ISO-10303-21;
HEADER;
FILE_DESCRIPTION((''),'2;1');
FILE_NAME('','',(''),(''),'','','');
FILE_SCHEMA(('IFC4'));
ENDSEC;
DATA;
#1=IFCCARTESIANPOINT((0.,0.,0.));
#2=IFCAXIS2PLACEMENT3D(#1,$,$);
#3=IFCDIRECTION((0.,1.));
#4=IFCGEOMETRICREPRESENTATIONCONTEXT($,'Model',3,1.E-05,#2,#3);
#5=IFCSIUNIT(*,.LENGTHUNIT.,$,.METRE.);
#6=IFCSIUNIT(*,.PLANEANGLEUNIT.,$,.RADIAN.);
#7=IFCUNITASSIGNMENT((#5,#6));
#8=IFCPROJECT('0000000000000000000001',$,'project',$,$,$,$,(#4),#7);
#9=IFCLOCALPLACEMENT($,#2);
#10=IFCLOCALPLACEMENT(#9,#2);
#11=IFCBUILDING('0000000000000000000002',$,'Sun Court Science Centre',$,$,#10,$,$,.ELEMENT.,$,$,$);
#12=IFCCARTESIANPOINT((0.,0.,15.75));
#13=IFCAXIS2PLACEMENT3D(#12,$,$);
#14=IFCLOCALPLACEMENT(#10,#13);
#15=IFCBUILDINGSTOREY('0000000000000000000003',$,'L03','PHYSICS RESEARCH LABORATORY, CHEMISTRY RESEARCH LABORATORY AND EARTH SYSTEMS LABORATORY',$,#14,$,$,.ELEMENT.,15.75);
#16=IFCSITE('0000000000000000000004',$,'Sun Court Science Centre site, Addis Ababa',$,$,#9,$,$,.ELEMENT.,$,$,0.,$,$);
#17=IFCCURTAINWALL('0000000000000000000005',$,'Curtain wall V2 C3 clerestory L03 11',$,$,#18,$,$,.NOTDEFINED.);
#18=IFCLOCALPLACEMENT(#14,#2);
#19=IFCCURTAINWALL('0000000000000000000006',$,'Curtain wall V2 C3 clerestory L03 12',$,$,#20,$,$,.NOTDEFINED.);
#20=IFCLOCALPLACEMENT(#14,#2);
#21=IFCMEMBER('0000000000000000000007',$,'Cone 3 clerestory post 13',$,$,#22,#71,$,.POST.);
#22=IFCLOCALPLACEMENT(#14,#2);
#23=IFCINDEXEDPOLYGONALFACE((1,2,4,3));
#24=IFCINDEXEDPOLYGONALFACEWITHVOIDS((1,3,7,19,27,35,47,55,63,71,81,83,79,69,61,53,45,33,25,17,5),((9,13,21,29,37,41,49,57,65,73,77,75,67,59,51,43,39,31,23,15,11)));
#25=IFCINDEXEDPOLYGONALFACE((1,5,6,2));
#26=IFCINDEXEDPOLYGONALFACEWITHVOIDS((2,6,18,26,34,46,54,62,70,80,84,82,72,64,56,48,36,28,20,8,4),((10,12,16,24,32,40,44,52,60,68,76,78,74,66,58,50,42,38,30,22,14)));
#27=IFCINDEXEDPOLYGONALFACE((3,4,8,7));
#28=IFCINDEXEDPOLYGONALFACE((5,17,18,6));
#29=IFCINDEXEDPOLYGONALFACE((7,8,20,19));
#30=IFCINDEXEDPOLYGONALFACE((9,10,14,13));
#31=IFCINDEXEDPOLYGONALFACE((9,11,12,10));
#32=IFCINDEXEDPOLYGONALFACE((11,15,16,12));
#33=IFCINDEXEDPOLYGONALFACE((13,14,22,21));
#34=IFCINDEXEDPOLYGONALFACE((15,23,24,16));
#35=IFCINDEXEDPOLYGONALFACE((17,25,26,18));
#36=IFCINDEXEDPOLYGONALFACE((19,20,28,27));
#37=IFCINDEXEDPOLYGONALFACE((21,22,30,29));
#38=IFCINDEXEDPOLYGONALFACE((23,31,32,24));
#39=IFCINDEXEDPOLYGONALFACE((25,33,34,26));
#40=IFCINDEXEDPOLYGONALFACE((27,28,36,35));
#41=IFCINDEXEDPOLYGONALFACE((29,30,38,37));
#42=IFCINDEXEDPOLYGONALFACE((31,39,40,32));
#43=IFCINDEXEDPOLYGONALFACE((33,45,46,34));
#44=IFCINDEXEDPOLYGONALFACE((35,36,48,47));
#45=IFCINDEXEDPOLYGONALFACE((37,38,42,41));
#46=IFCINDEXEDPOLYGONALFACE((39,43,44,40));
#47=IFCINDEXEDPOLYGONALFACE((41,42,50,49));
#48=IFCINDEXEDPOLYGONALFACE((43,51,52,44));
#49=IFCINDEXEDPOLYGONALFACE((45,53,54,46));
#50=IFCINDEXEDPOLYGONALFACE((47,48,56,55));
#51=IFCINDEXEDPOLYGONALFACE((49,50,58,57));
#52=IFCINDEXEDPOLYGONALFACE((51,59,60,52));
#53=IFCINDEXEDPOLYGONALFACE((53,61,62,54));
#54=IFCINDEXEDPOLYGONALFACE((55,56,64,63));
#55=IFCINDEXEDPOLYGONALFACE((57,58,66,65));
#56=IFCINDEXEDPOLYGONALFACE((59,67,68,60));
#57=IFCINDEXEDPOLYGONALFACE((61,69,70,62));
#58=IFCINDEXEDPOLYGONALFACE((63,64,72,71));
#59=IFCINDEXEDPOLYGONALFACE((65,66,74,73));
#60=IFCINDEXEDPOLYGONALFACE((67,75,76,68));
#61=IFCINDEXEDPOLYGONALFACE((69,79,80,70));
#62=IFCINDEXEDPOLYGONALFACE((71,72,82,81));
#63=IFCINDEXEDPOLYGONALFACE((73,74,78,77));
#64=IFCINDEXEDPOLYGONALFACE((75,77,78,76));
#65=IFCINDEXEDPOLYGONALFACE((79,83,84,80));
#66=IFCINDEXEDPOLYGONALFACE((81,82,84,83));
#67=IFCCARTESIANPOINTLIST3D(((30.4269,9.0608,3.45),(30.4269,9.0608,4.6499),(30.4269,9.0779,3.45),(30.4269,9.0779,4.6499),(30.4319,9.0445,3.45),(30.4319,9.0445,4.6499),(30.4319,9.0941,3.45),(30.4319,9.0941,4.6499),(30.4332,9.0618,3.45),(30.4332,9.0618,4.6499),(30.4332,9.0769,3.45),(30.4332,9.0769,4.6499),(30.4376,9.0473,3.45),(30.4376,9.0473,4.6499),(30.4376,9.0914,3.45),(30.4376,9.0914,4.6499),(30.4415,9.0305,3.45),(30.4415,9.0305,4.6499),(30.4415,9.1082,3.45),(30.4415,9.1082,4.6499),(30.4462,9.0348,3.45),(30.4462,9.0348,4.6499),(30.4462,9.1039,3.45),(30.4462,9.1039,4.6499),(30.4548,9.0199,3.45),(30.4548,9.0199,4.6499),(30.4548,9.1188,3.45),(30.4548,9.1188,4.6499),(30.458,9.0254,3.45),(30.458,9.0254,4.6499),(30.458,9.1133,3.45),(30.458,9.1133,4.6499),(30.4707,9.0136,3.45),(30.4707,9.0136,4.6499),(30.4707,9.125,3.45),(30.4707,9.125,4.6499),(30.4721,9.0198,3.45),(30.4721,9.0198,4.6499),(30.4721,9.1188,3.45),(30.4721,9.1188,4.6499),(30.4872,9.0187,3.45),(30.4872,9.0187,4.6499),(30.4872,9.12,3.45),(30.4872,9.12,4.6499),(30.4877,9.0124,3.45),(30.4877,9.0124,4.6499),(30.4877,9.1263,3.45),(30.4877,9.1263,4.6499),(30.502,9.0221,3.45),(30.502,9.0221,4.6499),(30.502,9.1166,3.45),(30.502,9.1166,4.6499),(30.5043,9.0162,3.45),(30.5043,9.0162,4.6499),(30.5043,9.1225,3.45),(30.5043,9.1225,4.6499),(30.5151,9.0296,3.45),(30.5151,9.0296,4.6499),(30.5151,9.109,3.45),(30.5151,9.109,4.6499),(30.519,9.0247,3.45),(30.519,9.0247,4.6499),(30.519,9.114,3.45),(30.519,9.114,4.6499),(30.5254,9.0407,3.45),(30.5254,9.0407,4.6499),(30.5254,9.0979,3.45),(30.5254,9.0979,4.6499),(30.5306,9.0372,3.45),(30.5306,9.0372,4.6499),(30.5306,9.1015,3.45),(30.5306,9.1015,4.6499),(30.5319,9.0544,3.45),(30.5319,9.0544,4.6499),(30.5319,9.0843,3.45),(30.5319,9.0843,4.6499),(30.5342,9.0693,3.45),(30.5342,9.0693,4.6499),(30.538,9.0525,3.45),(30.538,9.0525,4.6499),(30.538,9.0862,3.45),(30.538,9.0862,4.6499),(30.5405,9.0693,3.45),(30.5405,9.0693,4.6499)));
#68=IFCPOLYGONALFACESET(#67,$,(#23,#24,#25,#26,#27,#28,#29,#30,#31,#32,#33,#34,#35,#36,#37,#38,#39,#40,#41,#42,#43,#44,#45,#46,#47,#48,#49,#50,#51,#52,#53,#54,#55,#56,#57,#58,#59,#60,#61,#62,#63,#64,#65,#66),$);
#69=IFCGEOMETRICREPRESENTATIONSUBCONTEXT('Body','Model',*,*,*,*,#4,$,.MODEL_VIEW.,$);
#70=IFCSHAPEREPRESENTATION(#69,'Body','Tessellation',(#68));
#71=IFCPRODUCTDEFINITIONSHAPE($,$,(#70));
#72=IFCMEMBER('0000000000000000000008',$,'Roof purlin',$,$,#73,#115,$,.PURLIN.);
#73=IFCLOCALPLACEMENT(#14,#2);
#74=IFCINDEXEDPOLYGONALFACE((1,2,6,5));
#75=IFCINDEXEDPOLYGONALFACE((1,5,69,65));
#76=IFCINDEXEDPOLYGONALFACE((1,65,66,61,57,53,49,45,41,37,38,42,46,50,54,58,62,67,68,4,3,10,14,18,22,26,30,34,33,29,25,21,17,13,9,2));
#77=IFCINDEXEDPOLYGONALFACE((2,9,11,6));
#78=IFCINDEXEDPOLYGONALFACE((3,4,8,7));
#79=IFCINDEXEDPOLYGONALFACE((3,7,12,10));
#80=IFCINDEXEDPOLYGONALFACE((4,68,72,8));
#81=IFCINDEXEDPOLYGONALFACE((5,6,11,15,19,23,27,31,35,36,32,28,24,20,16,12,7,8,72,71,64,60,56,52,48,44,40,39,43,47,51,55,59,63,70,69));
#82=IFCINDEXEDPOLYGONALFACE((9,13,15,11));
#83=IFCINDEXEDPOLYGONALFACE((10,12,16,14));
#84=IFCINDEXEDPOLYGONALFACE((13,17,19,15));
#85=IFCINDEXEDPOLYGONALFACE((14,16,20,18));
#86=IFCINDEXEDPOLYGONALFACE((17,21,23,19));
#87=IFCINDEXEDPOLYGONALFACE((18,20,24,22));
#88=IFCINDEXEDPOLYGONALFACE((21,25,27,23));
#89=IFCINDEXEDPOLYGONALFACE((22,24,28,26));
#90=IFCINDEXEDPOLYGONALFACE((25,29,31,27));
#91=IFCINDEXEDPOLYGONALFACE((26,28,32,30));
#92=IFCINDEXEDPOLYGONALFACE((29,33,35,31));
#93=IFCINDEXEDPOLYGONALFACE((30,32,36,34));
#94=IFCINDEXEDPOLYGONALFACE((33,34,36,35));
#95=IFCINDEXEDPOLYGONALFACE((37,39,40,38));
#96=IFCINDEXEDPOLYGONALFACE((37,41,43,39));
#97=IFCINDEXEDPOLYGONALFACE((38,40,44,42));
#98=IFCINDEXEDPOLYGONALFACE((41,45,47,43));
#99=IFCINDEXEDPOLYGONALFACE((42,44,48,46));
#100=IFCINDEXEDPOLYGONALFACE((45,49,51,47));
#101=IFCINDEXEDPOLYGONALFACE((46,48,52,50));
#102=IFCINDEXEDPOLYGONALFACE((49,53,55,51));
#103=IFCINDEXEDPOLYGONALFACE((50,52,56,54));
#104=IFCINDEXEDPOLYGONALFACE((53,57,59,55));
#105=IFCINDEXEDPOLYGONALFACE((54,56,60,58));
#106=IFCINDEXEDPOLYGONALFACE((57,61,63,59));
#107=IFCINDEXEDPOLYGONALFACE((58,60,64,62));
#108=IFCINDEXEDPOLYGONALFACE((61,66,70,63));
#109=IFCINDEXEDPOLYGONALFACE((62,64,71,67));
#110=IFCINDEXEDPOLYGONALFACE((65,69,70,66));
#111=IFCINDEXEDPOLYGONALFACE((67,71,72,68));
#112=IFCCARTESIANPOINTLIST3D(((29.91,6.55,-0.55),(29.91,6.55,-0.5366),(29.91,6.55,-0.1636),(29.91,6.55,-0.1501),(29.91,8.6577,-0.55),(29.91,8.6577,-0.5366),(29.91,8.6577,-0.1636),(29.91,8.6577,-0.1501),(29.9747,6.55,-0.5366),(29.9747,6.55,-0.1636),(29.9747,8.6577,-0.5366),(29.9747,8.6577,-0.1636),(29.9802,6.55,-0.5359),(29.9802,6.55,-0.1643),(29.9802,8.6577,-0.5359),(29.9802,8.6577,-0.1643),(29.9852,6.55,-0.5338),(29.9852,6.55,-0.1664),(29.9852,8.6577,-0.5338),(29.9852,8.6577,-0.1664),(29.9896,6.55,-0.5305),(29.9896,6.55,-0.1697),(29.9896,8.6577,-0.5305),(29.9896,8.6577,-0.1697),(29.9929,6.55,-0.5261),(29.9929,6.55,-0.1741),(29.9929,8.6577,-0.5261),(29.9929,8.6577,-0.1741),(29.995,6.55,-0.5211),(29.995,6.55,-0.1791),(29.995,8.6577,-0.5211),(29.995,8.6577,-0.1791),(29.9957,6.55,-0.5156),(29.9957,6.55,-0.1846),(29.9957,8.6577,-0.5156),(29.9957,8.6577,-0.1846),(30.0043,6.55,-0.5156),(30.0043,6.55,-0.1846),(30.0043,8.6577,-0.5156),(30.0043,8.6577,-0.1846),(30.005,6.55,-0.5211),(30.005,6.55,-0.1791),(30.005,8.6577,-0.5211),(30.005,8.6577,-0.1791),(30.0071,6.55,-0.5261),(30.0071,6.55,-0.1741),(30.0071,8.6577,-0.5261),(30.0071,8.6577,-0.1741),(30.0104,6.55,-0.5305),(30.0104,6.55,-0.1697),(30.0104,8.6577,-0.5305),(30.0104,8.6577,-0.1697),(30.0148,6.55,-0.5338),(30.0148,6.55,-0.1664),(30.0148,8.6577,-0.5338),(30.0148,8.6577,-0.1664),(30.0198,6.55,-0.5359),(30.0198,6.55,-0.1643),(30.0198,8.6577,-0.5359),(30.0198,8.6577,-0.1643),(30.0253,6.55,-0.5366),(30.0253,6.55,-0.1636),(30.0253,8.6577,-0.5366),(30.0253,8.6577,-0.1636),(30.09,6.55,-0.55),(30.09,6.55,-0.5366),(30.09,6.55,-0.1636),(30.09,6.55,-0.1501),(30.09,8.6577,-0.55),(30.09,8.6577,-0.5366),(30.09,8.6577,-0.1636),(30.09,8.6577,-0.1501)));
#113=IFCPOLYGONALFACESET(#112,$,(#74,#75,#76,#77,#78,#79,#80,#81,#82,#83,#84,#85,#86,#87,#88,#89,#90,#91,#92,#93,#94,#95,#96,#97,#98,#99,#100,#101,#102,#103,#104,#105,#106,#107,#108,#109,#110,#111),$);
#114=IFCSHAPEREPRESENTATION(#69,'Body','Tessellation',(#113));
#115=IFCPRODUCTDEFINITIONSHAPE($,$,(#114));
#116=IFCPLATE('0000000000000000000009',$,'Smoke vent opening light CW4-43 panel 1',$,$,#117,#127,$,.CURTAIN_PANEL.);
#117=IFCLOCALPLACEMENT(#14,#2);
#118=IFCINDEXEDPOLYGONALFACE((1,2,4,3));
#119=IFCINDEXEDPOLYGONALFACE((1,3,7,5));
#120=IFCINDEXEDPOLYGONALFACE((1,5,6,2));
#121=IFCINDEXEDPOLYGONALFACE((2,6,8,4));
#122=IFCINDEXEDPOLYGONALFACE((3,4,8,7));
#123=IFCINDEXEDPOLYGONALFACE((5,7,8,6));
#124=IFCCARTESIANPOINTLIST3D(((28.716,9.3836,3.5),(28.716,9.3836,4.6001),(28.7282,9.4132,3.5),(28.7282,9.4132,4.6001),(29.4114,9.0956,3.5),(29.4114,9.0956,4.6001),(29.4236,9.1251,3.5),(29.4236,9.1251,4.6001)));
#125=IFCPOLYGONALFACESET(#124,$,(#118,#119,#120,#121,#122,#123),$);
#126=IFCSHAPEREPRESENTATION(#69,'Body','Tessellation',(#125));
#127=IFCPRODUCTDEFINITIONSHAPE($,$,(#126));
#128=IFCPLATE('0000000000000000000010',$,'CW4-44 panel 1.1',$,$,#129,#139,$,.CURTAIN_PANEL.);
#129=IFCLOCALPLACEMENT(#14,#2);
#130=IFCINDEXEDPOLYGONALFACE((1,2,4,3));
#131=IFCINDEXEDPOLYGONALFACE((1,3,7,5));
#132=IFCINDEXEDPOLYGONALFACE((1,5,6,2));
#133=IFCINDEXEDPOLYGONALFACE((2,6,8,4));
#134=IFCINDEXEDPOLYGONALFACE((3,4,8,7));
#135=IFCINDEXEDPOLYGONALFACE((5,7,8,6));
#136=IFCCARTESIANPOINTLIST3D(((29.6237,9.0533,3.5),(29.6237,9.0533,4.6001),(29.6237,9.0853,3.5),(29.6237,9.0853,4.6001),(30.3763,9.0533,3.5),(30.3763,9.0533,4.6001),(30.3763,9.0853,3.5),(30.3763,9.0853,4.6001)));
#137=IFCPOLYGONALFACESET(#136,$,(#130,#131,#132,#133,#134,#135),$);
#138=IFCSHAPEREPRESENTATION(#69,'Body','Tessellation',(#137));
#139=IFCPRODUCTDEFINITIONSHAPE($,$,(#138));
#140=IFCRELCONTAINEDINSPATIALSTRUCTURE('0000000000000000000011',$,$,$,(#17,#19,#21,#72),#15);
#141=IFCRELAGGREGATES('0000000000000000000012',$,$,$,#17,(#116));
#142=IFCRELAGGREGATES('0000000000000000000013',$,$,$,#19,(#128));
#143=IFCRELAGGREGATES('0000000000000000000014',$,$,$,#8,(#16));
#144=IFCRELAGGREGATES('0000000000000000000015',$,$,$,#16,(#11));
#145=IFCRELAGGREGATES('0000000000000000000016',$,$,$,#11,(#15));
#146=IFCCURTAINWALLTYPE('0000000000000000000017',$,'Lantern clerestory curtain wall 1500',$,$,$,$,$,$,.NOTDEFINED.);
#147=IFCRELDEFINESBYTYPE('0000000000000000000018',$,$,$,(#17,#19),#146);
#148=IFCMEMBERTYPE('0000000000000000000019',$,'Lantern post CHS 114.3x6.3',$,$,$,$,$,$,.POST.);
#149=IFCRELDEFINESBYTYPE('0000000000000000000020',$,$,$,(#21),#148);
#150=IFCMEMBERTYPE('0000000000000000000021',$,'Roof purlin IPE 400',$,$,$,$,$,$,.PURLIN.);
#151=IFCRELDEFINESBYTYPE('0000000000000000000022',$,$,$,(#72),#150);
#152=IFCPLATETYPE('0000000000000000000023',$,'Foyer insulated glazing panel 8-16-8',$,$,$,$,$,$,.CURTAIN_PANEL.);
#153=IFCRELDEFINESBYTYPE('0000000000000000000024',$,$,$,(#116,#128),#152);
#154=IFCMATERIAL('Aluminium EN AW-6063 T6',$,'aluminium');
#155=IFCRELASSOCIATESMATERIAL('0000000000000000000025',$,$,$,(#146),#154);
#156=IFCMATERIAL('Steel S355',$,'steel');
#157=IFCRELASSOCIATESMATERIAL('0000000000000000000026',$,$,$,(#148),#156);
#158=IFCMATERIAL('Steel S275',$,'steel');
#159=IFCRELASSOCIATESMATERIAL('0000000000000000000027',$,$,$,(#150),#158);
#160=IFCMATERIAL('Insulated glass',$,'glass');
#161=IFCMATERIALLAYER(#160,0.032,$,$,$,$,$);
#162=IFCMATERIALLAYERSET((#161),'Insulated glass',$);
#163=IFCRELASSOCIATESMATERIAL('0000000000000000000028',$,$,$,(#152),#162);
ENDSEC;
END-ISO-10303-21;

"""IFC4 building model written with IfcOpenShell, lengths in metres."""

from ifc_helpers import new_model, si_unit, direction, frame, origin, origin_2d, place, context, subcontext, project, spatial, rectangle, hollow_circle, i_section, extrude, material, layer, layer_set, material_profile, profile_set, type_object, element, aggregate, save


model = new_model("IFC4")

# Units and contexts
model_context = context("Model", 3, precision=1e-05, world=origin(), true_north=direction((0.0, 1.0)))
body_context = subcontext(model_context, "Body", "Model", "MODEL_VIEW")
ifc_project = project(units=[si_unit("LENGTHUNIT", "METRE"), si_unit("PLANEANGLEUNIT", "RADIAN")], contexts=[model_context])

# Site, building, storey
site_placement = place(None, origin())
site = spatial("IfcSite", under=ifc_project, at=site_placement, Name="Sun Court Science Centre site, Addis Ababa", CompositionType="ELEMENT", RefElevation=0.0)
building_placement = place(site_placement, origin())
building = spatial("IfcBuilding", under=site, at=building_placement, Name="Sun Court Science Centre", CompositionType="ELEMENT")
storey_placement = place(building_placement, frame((0.0, 0.0, 15.75)))
storey = spatial("IfcBuildingStorey", under=building, at=storey_placement, Name="L03", Description="PHYSICS RESEARCH LABORATORY, CHEMISTRY RESEARCH LABORATORY AND EARTH SYSTEMS LABORATORY", CompositionType="ELEMENT", Elevation=15.75)

# Curtain wall
ifc_material_1 = material(Name="Aluminium EN AW-6063 T6", Category="aluminium")
curtain_wall_type = type_object("IfcCurtainWallType", Name="Lantern clerestory curtain wall 1500", PredefinedType="NOTDEFINED", material=ifc_material_1)
curtain_wall_1_placement = place(storey_placement, origin())
curtain_wall_1 = element("IfcCurtainWall", 1, at=curtain_wall_1_placement, inside=storey, type_object=curtain_wall_type, Name="Curtain wall V2 C3 clerestory L03 11", PredefinedType="NOTDEFINED")

# Curtain wall
curtain_wall_2_placement = place(storey_placement, origin())
curtain_wall_2 = element("IfcCurtainWall", 2, at=curtain_wall_2_placement, inside=storey, type_object=curtain_wall_type, Name="Curtain wall V2 C3 clerestory L03 12", PredefinedType="NOTDEFINED")

# Members
ifc_material_2 = material(Name="Steel S355", Category="steel")
ifc_material_profile_1 = material_profile(ifc_material_2, hollow_circle(Radius=0.0571, WallThickness=0.0063, at=origin_2d()), Name="CHS 114.3x6.3")
ifc_profile_set_1 = profile_set([ifc_material_profile_1], Name="Steel S355")
member_type_1 = type_object("IfcMemberType", Name="Lantern post CHS 114.3x6.3", PredefinedType="POST", material=ifc_profile_set_1)
for number, where, z_axis, x_axis, name in (
    (3, (30.4834, 9.0693, 3.45), (0.0, 0.0, 1.0), (1.0, 0.0, 0.0), "Cone 3 clerestory post 13"),
):
    element("IfcMember", number, at=place(storey_placement, frame(where, z_axis=z_axis, x_axis=x_axis)), inside=storey, type_object=member_type_1, Name=name, PredefinedType="POST", context=body_context, shape_type="SweptSolid", body=[
        extrude(hollow_circle(Radius=0.0571, WallThickness=0.0063, at=origin_2d()), origin(), (0.0, 0.0, 1.0), 1.2),
    ])
ifc_material_3 = material(Name="Steel S275", Category="steel")
ifc_material_profile_2 = material_profile(ifc_material_3, i_section(OverallWidth=0.1799, OverallDepth=0.3999, WebThickness=0.0085, FlangeThickness=0.0134, FilletRadius=0.021, at=origin_2d()), Name="IPE 400")
ifc_profile_set_2 = profile_set([ifc_material_profile_2], Name="Steel S275")
member_type_2 = type_object("IfcMemberType", Name="Roof purlin IPE 400", PredefinedType="PURLIN", material=ifc_profile_set_2)
member_1_placement = place(storey_placement, frame((30.0, 6.55, -0.3501), z_axis=(0.0, 1.0, 0.0), x_axis=(-1.0, 0.0, 0.0)))
element("IfcMember", 4, at=member_1_placement, inside=storey, type_object=member_type_2, Name="Roof purlin", PredefinedType="PURLIN", context=body_context, shape_type="SweptSolid", body=[
    extrude(i_section(OverallWidth=0.1799, OverallDepth=0.3999, WebThickness=0.0085, FlangeThickness=0.0134, FilletRadius=0.021, at=origin_2d()), origin(), (0.0, 0.0, 1.0), 2.1077),
])

# Plates
ifc_material_4 = material(Name="Insulated glass", Category="glass")
ifc_layer_1 = layer(ifc_material_4, 0.032)
ifc_layer_set_1 = layer_set([ifc_layer_1], Name="Insulated glass")
plate_type = type_object("IfcPlateType", Name="Foyer insulated glazing panel 8-16-8", PredefinedType="CURTAIN_PANEL", material=ifc_layer_set_1)
plate_1_placement = place(storey_placement, frame((29.0698, 9.2544, 3.5), z_axis=(0.0, 0.0, 1.0), x_axis=(-0.92388, 0.382683, 0.0)))
plate_1 = element("IfcPlate", 5, at=plate_1_placement, type_object=plate_type, Name="Smoke vent opening light CW4-43 panel 1", PredefinedType="CURTAIN_PANEL", context=body_context, shape_type="SweptSolid", body=[
    extrude(rectangle(XDim=0.7527, YDim=0.032, at=origin_2d()), origin(), (0.0, 0.0, 1.0), 1.1001),
])
aggregate(curtain_wall_1, [plate_1])
plate_2_placement = place(storey_placement, frame((30.0, 9.0693, 3.5), z_axis=(0.0, 0.0, 1.0), x_axis=(-1.0, 0.0, 0.0)))
plate_2 = element("IfcPlate", 6, at=plate_2_placement, type_object=plate_type, Name="CW4-44 panel 1.1", PredefinedType="CURTAIN_PANEL", context=body_context, shape_type="SweptSolid", body=[
    extrude(rectangle(XDim=0.7527, YDim=0.032, at=origin_2d()), origin(), (0.0, 0.0, 1.0), 1.1001),
])
aggregate(curtain_wall_2, [plate_2])

save(model, "model.ifc")
